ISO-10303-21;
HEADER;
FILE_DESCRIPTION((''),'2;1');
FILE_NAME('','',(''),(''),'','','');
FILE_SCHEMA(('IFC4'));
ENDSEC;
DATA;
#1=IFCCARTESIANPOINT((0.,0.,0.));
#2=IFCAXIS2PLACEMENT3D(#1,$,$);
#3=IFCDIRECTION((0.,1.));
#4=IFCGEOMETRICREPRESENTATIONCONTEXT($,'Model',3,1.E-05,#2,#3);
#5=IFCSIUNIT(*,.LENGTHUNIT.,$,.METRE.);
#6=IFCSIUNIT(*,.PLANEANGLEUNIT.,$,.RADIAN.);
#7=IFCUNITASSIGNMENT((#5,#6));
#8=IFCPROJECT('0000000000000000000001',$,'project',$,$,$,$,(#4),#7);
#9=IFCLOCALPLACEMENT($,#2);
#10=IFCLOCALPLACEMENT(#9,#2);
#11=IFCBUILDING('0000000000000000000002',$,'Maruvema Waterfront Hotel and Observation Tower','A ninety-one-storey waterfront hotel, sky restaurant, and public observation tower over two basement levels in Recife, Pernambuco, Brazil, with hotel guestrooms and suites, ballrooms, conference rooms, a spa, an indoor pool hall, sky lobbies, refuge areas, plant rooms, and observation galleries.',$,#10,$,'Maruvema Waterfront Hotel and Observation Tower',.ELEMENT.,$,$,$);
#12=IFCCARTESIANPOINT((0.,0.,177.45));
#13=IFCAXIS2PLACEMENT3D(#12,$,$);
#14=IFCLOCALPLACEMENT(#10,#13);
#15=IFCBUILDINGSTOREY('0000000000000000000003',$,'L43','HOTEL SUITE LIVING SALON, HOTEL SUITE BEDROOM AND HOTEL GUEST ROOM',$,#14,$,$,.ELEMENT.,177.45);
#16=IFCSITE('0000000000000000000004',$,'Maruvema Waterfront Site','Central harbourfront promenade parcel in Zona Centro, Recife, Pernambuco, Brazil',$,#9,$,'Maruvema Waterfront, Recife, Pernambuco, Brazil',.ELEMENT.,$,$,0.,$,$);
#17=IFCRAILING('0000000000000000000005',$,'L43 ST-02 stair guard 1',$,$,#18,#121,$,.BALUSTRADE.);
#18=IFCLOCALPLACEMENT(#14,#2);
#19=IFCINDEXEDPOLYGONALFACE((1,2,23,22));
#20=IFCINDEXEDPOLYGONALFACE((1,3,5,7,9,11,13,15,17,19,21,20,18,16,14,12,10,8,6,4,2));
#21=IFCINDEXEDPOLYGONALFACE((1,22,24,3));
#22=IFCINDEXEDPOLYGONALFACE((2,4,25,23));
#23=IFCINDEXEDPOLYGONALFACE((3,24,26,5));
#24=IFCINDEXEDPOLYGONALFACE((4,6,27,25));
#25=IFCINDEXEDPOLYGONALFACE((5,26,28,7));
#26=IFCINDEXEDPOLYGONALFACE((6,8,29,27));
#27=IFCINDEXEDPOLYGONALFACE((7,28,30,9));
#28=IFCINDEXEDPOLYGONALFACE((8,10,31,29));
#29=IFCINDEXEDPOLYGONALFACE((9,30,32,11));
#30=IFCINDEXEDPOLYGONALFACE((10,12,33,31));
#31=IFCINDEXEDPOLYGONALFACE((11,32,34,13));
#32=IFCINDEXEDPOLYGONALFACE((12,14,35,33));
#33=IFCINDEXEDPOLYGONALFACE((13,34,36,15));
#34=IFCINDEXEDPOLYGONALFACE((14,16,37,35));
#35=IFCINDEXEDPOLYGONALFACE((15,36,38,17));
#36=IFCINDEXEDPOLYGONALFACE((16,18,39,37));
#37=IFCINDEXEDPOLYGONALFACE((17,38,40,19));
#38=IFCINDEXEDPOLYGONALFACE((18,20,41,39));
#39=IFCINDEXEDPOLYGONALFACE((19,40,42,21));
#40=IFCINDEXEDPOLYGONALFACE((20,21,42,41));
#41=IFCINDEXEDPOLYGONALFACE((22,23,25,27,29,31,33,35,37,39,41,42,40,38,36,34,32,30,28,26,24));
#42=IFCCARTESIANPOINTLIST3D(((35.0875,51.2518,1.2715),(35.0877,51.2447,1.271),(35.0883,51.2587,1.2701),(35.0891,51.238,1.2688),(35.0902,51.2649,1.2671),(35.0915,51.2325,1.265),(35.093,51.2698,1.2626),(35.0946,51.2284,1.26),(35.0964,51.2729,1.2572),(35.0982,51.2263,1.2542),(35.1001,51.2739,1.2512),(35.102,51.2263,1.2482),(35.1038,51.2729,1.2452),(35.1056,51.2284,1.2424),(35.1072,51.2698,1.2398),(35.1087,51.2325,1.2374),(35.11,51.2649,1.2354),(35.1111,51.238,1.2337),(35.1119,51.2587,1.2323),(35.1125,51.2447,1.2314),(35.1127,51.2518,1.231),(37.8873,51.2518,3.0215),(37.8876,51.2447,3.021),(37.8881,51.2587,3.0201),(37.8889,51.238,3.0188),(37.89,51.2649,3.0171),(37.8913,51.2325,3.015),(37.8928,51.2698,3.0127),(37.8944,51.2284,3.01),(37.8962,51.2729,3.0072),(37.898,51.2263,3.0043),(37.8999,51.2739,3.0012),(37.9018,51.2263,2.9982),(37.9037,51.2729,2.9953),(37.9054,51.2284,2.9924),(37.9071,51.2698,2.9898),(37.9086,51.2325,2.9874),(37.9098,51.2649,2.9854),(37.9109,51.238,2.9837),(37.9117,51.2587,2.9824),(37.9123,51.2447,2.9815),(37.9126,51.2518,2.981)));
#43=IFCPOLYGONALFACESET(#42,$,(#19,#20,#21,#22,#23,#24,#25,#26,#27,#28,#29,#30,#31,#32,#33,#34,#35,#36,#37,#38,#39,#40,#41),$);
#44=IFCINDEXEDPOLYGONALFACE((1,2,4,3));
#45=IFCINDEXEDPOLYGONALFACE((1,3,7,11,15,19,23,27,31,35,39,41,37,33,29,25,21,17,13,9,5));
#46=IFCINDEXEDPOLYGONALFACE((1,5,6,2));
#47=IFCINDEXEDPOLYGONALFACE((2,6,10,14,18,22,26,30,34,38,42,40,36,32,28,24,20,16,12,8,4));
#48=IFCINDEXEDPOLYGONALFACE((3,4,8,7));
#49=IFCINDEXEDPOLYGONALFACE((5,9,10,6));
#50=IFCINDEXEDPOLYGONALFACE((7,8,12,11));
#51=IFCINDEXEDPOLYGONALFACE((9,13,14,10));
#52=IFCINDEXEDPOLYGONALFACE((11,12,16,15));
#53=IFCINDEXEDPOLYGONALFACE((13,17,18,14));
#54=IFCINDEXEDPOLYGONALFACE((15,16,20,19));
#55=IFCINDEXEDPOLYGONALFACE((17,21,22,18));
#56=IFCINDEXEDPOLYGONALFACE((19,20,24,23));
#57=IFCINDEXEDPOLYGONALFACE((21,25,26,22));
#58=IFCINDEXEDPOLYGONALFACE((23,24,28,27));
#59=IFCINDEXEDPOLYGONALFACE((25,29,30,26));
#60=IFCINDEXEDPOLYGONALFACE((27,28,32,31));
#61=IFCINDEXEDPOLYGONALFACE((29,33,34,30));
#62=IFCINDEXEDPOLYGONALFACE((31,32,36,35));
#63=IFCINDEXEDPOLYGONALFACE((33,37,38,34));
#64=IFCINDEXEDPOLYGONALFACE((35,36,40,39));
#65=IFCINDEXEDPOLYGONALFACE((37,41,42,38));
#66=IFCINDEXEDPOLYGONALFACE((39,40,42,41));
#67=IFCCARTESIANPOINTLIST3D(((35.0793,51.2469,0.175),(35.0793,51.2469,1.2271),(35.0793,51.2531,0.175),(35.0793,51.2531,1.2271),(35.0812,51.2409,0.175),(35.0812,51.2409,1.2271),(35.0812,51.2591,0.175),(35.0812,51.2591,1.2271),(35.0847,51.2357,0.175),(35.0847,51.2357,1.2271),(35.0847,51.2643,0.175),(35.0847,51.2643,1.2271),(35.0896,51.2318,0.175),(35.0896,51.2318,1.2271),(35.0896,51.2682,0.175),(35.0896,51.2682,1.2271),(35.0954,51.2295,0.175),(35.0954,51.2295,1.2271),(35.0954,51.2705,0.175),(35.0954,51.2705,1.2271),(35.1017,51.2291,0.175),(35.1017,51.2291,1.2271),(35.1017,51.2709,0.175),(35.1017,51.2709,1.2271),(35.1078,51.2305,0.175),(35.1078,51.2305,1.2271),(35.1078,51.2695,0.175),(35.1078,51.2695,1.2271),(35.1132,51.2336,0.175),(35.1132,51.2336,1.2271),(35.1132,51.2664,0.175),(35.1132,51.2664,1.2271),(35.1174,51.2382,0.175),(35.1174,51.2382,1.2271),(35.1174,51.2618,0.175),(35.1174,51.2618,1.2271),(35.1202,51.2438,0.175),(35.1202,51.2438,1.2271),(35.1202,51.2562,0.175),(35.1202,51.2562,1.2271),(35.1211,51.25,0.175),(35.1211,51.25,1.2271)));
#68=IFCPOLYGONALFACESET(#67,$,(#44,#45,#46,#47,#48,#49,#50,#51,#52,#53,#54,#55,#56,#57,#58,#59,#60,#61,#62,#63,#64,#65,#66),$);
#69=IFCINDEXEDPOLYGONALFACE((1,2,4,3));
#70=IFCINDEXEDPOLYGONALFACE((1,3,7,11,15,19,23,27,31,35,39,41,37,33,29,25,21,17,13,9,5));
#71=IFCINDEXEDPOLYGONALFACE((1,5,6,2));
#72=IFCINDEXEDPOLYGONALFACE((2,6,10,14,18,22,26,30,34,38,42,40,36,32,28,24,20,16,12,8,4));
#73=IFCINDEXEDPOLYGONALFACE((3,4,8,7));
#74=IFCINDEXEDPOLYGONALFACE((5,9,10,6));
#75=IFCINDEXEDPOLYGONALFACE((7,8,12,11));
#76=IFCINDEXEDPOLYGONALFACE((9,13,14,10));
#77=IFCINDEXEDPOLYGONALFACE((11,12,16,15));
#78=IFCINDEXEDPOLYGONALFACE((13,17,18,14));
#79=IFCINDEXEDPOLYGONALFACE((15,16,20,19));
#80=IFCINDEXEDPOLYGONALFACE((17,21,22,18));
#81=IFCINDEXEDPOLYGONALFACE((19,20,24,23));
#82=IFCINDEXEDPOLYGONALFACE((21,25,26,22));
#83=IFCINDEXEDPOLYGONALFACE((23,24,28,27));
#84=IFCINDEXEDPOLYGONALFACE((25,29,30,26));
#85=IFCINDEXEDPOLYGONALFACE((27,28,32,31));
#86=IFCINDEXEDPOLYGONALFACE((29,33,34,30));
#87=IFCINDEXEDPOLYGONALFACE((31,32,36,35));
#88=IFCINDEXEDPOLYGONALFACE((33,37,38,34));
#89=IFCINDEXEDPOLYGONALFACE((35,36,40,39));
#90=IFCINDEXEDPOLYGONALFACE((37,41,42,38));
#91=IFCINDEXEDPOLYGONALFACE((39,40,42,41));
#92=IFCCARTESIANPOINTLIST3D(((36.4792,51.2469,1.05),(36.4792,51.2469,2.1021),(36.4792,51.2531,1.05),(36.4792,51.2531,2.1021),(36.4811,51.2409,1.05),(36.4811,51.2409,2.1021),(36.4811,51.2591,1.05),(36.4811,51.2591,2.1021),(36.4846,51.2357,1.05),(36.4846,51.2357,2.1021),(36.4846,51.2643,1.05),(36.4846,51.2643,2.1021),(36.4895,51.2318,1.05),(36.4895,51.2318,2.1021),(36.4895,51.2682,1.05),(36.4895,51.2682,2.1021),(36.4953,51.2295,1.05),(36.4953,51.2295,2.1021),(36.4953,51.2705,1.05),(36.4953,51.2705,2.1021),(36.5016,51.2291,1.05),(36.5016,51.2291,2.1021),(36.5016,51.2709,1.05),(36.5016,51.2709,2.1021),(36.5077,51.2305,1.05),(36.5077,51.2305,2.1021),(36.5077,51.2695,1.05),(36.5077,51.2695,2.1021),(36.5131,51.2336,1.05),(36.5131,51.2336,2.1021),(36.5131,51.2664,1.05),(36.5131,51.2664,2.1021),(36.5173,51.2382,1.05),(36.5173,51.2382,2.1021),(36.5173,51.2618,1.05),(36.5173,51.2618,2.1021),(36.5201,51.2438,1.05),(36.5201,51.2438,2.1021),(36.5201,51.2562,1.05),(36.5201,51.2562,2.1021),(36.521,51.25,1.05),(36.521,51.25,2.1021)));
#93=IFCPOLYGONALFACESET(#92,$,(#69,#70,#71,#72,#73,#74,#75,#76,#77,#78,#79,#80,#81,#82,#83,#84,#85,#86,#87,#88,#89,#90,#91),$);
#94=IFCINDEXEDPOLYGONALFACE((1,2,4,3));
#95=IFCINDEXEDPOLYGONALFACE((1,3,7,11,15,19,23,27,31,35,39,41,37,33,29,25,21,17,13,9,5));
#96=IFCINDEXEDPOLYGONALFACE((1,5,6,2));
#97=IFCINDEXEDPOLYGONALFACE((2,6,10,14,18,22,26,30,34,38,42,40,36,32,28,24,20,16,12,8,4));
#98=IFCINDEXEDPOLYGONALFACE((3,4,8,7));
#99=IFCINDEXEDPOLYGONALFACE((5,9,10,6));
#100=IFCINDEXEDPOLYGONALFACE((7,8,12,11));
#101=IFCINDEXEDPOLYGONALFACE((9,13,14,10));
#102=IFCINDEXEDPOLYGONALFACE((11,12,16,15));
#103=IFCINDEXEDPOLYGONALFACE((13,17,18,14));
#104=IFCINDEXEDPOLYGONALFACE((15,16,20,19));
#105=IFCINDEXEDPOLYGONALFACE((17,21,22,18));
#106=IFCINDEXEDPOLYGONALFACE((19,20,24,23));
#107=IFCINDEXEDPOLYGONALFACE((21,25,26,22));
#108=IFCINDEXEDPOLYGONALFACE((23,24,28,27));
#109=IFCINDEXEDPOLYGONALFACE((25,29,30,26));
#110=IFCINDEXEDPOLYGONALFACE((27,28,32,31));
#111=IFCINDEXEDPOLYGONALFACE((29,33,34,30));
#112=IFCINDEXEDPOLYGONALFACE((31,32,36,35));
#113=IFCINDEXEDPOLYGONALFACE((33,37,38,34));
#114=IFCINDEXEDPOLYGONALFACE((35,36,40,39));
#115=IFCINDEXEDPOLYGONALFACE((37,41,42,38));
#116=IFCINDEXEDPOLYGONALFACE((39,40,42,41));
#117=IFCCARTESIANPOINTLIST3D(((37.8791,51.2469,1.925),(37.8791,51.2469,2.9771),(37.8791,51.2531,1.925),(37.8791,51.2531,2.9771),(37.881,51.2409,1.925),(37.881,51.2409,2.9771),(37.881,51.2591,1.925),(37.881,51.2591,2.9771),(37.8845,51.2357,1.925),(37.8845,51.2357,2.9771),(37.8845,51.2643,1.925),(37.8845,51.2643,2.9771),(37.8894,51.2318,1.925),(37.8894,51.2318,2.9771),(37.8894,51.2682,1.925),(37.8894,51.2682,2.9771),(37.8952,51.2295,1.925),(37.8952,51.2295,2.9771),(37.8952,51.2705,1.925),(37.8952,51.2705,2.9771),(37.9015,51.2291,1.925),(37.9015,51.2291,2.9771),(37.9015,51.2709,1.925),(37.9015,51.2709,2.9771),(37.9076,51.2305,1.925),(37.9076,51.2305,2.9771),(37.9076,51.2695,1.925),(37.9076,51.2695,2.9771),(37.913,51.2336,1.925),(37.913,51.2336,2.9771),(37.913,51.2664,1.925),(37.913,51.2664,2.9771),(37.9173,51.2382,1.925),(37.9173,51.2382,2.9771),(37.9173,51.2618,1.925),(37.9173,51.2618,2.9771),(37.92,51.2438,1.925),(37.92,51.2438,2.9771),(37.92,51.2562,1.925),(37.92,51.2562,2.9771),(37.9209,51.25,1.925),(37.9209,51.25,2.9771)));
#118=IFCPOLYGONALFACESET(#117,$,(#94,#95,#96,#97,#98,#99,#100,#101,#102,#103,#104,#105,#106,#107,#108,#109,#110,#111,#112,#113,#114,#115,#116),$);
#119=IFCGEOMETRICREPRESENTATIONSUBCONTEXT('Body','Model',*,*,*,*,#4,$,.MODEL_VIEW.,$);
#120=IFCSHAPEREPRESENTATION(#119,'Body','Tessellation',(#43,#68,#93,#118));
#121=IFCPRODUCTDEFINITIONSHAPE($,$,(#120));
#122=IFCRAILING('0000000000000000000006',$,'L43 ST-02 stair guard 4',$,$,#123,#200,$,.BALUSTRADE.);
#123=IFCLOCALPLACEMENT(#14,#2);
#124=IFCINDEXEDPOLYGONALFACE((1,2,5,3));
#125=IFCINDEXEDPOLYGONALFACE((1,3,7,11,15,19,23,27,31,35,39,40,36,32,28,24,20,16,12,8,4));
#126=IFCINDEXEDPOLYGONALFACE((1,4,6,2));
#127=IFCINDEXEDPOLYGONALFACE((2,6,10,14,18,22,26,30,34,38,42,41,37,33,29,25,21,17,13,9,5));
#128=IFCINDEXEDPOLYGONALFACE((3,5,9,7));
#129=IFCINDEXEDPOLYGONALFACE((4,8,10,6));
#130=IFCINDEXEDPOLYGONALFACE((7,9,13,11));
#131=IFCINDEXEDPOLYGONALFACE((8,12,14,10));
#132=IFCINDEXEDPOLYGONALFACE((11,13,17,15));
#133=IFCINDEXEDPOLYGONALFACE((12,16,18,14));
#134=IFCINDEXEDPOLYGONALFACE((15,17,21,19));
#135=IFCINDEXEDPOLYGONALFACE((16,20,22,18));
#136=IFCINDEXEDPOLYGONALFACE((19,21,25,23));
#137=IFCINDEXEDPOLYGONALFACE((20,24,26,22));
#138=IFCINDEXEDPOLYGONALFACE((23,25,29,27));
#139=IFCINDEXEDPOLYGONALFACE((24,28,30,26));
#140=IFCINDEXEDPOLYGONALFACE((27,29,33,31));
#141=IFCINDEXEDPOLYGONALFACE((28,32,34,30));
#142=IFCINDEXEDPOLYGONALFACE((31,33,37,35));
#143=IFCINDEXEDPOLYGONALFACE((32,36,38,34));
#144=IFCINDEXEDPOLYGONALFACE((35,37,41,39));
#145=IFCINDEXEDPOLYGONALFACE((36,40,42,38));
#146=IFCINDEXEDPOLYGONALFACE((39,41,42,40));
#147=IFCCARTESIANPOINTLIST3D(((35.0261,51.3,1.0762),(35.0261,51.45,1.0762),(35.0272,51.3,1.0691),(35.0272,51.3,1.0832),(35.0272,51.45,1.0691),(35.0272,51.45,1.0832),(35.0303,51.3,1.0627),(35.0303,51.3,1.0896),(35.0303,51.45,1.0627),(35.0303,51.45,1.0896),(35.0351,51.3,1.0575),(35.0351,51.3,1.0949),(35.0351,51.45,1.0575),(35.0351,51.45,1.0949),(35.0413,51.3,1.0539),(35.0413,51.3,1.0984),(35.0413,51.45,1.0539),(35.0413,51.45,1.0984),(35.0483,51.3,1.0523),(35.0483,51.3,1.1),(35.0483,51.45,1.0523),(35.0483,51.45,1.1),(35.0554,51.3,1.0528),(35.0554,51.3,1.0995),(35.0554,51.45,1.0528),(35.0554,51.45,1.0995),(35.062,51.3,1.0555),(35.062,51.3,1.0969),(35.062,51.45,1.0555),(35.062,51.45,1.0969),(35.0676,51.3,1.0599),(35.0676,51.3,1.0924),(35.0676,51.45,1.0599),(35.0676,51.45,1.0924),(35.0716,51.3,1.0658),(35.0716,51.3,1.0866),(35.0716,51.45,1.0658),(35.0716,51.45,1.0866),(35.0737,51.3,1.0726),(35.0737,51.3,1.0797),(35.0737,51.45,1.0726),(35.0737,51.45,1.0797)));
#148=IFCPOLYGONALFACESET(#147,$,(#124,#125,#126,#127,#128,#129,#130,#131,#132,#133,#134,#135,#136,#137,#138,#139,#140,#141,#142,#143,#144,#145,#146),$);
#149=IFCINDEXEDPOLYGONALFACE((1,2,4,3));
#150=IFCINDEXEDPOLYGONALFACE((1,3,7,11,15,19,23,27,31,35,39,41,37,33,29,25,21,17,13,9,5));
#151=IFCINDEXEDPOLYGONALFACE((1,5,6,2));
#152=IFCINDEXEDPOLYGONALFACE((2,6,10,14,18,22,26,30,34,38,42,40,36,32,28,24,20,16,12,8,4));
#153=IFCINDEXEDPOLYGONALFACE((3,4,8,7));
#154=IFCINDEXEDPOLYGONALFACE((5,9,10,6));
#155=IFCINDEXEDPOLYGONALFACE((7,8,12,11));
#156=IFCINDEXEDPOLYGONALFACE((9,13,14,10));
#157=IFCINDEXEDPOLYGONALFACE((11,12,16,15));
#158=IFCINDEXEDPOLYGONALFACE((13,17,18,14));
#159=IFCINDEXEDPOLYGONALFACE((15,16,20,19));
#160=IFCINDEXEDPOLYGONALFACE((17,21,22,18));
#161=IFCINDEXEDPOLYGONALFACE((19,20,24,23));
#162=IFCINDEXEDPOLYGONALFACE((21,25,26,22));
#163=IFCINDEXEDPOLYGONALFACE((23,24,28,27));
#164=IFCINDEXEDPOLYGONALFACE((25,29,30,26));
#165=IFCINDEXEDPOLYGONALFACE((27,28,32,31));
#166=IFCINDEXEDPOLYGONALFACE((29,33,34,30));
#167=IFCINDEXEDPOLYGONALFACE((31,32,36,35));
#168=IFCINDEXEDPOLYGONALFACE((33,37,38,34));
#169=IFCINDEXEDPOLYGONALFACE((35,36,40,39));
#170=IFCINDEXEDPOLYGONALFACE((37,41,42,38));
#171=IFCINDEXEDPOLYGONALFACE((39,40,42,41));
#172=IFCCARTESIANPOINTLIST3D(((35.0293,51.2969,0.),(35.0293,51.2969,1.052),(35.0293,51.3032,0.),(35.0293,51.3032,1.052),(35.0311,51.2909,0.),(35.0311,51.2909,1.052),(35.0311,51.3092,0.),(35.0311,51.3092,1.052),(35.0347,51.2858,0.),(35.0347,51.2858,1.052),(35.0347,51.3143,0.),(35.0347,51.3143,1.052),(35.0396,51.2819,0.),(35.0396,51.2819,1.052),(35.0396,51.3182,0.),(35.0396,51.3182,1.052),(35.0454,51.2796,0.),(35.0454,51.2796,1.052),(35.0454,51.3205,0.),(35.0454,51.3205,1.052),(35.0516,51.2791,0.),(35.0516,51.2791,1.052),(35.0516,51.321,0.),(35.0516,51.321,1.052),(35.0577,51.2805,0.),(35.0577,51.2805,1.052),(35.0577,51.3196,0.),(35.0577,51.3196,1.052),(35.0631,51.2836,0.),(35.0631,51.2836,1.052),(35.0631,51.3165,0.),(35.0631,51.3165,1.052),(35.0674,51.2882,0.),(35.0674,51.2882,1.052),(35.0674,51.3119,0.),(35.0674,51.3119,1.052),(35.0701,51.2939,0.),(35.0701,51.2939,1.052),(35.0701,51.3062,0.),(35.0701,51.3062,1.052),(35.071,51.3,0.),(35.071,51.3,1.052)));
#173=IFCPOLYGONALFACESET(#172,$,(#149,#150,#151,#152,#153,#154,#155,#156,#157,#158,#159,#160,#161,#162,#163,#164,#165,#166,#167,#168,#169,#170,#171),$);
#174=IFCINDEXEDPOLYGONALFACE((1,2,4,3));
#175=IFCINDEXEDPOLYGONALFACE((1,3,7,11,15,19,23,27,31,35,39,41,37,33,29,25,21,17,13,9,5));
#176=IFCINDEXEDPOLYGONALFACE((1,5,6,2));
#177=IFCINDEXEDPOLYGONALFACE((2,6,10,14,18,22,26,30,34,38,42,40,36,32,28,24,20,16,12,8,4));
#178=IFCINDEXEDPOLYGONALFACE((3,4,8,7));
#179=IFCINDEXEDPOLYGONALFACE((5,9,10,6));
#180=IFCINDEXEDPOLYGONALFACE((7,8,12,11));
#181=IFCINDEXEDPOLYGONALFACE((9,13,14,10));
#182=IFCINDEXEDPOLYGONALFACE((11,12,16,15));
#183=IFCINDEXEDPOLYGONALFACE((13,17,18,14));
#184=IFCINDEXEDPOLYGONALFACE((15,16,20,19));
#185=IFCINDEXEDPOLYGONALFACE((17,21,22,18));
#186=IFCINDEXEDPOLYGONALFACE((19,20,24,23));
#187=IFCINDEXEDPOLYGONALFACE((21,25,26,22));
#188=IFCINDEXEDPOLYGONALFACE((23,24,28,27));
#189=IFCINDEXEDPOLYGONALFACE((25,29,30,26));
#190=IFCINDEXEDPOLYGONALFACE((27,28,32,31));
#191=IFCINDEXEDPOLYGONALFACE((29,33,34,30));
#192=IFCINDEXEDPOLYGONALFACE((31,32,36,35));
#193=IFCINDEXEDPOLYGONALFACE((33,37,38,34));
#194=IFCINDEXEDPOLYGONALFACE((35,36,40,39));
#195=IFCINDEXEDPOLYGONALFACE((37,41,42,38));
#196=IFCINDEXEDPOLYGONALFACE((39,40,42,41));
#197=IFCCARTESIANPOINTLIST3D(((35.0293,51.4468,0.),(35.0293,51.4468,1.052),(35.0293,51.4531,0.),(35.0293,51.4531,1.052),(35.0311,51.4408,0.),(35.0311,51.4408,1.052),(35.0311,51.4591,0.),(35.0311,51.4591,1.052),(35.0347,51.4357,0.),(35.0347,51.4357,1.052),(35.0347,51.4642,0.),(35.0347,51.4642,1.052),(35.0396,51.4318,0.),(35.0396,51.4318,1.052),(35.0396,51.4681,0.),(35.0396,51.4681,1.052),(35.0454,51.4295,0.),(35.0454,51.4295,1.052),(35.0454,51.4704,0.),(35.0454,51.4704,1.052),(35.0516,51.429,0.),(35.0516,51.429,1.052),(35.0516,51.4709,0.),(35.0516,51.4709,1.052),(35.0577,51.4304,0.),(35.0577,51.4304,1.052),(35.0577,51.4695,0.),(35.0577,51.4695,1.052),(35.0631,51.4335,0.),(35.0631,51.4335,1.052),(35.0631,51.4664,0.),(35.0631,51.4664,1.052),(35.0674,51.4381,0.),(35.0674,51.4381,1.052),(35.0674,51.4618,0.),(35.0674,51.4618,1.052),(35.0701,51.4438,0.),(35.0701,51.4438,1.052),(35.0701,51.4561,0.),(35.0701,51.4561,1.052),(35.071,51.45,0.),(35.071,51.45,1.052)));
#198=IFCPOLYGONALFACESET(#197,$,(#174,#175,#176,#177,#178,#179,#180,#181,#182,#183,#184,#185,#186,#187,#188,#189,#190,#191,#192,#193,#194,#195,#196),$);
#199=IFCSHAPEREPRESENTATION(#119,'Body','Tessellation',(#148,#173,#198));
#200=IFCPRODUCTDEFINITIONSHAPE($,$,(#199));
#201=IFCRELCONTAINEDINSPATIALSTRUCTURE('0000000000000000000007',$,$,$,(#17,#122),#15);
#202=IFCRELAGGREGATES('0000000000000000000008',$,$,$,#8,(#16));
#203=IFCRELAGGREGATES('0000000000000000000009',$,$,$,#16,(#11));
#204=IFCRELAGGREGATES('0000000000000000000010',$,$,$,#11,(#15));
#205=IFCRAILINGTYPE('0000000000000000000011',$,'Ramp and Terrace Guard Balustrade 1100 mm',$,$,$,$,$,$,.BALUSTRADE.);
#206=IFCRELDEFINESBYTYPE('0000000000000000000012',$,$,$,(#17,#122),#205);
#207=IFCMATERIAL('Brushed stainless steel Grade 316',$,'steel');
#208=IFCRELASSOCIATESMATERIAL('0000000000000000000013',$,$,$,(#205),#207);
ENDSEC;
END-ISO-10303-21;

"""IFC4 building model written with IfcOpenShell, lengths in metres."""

from ifc_helpers import new_model, si_unit, direction, frame, origin, origin_2d, place, context, subcontext, project, spatial, circle, extrude, material, type_object, element, save


model = new_model("IFC4")

# Units and contexts
model_context = context("Model", 3, precision=1e-05, world=origin(), true_north=direction((0.0, 1.0)))
body_context = subcontext(model_context, "Body", "Model", "MODEL_VIEW")
ifc_project = project(units=[si_unit("LENGTHUNIT", "METRE"), si_unit("PLANEANGLEUNIT", "RADIAN")], contexts=[model_context])

# Site, building, storey
site_placement = place(None, origin())
site = spatial("IfcSite", under=ifc_project, at=site_placement, Name="Maruvema Waterfront Site", Description="Central harbourfront promenade parcel in Zona Centro, Recife, Pernambuco, Brazil", LongName="Maruvema Waterfront, Recife, Pernambuco, Brazil", CompositionType="ELEMENT", RefElevation=0.0)
building_placement = place(site_placement, origin())
building = spatial("IfcBuilding", under=site, at=building_placement, Name="Maruvema Waterfront Hotel and Observation Tower", Description="A ninety-one-storey waterfront hotel, sky restaurant, and public observation tower over two basement levels in Recife, Pernambuco, Brazil, with hotel guestrooms and suites, ballrooms, conference rooms, a spa, an indoor pool hall, sky lobbies, refuge areas, plant rooms, and observation galleries.", LongName="Maruvema Waterfront Hotel and Observation Tower", CompositionType="ELEMENT")
storey_placement = place(building_placement, frame((0.0, 0.0, 177.45)))
storey = spatial("IfcBuildingStorey", under=building, at=storey_placement, Name="L43", Description="HOTEL SUITE LIVING SALON, HOTEL SUITE BEDROOM AND HOTEL GUEST ROOM", CompositionType="ELEMENT", Elevation=177.45)

# Railings
ifc_material_1 = material(Name="Brushed stainless steel Grade 316", Category="steel")
railing_type_1 = type_object("IfcRailingType", Name="Ramp and Terrace Guard Balustrade 1100 mm", PredefinedType="BALUSTRADE", material=ifc_material_1)
railing_1_placement = place(storey_placement, frame((35.1001, 51.25, 0.175)))
element("IfcRailing", 1, at=railing_1_placement, inside=storey, type_object=railing_type_1, Name="L43 ST-02 stair guard 1", PredefinedType="BALUSTRADE", context=body_context, shape_type="SweptSolid", body=[
    extrude(circle(Radius=0.0239, at=origin_2d()), frame((0.0, 0.0, 1.0762), z_axis=(0.847982, 0.0, 0.530026), x_axis=(0.0, 1.0, 0.0)), (0.0, 0.0, 1.0), 3.3018),
    extrude(circle(Radius=0.021, at=origin_2d()), origin(), (0.0, 0.0, 1.0), 1.052),
    extrude(circle(Radius=0.021, at=origin_2d()), frame((1.3999, 0.0, 0.875)), (0.0, 0.0, 1.0), 1.052),
    extrude(circle(Radius=0.021, at=origin_2d()), frame((2.7998, 0.0, 1.75)), (0.0, 0.0, 1.0), 1.052),
])
railing_2_placement = place(storey_placement, frame((35.05, 51.3, 0.0)))
element("IfcRailing", 2, at=railing_2_placement, inside=storey, type_object=railing_type_1, Name="L43 ST-02 stair guard 4", PredefinedType="BALUSTRADE", context=body_context, shape_type="SweptSolid", body=[
    extrude(circle(Radius=0.0239, at=origin_2d()), frame((0.0, 0.0, 1.0762), z_axis=(0.0, 1.0, 0.0), x_axis=(-1.0, 0.0, 0.0)), (0.0, 0.0, 1.0), 0.1499),
    extrude(circle(Radius=0.021, at=origin_2d()), origin(), (0.0, 0.0, 1.0), 1.052),
    extrude(circle(Radius=0.021, at=origin_2d()), frame((0.0, 0.1499, 0.0)), (0.0, 0.0, 1.0), 1.052),
])

save(model, "model.ifc")
